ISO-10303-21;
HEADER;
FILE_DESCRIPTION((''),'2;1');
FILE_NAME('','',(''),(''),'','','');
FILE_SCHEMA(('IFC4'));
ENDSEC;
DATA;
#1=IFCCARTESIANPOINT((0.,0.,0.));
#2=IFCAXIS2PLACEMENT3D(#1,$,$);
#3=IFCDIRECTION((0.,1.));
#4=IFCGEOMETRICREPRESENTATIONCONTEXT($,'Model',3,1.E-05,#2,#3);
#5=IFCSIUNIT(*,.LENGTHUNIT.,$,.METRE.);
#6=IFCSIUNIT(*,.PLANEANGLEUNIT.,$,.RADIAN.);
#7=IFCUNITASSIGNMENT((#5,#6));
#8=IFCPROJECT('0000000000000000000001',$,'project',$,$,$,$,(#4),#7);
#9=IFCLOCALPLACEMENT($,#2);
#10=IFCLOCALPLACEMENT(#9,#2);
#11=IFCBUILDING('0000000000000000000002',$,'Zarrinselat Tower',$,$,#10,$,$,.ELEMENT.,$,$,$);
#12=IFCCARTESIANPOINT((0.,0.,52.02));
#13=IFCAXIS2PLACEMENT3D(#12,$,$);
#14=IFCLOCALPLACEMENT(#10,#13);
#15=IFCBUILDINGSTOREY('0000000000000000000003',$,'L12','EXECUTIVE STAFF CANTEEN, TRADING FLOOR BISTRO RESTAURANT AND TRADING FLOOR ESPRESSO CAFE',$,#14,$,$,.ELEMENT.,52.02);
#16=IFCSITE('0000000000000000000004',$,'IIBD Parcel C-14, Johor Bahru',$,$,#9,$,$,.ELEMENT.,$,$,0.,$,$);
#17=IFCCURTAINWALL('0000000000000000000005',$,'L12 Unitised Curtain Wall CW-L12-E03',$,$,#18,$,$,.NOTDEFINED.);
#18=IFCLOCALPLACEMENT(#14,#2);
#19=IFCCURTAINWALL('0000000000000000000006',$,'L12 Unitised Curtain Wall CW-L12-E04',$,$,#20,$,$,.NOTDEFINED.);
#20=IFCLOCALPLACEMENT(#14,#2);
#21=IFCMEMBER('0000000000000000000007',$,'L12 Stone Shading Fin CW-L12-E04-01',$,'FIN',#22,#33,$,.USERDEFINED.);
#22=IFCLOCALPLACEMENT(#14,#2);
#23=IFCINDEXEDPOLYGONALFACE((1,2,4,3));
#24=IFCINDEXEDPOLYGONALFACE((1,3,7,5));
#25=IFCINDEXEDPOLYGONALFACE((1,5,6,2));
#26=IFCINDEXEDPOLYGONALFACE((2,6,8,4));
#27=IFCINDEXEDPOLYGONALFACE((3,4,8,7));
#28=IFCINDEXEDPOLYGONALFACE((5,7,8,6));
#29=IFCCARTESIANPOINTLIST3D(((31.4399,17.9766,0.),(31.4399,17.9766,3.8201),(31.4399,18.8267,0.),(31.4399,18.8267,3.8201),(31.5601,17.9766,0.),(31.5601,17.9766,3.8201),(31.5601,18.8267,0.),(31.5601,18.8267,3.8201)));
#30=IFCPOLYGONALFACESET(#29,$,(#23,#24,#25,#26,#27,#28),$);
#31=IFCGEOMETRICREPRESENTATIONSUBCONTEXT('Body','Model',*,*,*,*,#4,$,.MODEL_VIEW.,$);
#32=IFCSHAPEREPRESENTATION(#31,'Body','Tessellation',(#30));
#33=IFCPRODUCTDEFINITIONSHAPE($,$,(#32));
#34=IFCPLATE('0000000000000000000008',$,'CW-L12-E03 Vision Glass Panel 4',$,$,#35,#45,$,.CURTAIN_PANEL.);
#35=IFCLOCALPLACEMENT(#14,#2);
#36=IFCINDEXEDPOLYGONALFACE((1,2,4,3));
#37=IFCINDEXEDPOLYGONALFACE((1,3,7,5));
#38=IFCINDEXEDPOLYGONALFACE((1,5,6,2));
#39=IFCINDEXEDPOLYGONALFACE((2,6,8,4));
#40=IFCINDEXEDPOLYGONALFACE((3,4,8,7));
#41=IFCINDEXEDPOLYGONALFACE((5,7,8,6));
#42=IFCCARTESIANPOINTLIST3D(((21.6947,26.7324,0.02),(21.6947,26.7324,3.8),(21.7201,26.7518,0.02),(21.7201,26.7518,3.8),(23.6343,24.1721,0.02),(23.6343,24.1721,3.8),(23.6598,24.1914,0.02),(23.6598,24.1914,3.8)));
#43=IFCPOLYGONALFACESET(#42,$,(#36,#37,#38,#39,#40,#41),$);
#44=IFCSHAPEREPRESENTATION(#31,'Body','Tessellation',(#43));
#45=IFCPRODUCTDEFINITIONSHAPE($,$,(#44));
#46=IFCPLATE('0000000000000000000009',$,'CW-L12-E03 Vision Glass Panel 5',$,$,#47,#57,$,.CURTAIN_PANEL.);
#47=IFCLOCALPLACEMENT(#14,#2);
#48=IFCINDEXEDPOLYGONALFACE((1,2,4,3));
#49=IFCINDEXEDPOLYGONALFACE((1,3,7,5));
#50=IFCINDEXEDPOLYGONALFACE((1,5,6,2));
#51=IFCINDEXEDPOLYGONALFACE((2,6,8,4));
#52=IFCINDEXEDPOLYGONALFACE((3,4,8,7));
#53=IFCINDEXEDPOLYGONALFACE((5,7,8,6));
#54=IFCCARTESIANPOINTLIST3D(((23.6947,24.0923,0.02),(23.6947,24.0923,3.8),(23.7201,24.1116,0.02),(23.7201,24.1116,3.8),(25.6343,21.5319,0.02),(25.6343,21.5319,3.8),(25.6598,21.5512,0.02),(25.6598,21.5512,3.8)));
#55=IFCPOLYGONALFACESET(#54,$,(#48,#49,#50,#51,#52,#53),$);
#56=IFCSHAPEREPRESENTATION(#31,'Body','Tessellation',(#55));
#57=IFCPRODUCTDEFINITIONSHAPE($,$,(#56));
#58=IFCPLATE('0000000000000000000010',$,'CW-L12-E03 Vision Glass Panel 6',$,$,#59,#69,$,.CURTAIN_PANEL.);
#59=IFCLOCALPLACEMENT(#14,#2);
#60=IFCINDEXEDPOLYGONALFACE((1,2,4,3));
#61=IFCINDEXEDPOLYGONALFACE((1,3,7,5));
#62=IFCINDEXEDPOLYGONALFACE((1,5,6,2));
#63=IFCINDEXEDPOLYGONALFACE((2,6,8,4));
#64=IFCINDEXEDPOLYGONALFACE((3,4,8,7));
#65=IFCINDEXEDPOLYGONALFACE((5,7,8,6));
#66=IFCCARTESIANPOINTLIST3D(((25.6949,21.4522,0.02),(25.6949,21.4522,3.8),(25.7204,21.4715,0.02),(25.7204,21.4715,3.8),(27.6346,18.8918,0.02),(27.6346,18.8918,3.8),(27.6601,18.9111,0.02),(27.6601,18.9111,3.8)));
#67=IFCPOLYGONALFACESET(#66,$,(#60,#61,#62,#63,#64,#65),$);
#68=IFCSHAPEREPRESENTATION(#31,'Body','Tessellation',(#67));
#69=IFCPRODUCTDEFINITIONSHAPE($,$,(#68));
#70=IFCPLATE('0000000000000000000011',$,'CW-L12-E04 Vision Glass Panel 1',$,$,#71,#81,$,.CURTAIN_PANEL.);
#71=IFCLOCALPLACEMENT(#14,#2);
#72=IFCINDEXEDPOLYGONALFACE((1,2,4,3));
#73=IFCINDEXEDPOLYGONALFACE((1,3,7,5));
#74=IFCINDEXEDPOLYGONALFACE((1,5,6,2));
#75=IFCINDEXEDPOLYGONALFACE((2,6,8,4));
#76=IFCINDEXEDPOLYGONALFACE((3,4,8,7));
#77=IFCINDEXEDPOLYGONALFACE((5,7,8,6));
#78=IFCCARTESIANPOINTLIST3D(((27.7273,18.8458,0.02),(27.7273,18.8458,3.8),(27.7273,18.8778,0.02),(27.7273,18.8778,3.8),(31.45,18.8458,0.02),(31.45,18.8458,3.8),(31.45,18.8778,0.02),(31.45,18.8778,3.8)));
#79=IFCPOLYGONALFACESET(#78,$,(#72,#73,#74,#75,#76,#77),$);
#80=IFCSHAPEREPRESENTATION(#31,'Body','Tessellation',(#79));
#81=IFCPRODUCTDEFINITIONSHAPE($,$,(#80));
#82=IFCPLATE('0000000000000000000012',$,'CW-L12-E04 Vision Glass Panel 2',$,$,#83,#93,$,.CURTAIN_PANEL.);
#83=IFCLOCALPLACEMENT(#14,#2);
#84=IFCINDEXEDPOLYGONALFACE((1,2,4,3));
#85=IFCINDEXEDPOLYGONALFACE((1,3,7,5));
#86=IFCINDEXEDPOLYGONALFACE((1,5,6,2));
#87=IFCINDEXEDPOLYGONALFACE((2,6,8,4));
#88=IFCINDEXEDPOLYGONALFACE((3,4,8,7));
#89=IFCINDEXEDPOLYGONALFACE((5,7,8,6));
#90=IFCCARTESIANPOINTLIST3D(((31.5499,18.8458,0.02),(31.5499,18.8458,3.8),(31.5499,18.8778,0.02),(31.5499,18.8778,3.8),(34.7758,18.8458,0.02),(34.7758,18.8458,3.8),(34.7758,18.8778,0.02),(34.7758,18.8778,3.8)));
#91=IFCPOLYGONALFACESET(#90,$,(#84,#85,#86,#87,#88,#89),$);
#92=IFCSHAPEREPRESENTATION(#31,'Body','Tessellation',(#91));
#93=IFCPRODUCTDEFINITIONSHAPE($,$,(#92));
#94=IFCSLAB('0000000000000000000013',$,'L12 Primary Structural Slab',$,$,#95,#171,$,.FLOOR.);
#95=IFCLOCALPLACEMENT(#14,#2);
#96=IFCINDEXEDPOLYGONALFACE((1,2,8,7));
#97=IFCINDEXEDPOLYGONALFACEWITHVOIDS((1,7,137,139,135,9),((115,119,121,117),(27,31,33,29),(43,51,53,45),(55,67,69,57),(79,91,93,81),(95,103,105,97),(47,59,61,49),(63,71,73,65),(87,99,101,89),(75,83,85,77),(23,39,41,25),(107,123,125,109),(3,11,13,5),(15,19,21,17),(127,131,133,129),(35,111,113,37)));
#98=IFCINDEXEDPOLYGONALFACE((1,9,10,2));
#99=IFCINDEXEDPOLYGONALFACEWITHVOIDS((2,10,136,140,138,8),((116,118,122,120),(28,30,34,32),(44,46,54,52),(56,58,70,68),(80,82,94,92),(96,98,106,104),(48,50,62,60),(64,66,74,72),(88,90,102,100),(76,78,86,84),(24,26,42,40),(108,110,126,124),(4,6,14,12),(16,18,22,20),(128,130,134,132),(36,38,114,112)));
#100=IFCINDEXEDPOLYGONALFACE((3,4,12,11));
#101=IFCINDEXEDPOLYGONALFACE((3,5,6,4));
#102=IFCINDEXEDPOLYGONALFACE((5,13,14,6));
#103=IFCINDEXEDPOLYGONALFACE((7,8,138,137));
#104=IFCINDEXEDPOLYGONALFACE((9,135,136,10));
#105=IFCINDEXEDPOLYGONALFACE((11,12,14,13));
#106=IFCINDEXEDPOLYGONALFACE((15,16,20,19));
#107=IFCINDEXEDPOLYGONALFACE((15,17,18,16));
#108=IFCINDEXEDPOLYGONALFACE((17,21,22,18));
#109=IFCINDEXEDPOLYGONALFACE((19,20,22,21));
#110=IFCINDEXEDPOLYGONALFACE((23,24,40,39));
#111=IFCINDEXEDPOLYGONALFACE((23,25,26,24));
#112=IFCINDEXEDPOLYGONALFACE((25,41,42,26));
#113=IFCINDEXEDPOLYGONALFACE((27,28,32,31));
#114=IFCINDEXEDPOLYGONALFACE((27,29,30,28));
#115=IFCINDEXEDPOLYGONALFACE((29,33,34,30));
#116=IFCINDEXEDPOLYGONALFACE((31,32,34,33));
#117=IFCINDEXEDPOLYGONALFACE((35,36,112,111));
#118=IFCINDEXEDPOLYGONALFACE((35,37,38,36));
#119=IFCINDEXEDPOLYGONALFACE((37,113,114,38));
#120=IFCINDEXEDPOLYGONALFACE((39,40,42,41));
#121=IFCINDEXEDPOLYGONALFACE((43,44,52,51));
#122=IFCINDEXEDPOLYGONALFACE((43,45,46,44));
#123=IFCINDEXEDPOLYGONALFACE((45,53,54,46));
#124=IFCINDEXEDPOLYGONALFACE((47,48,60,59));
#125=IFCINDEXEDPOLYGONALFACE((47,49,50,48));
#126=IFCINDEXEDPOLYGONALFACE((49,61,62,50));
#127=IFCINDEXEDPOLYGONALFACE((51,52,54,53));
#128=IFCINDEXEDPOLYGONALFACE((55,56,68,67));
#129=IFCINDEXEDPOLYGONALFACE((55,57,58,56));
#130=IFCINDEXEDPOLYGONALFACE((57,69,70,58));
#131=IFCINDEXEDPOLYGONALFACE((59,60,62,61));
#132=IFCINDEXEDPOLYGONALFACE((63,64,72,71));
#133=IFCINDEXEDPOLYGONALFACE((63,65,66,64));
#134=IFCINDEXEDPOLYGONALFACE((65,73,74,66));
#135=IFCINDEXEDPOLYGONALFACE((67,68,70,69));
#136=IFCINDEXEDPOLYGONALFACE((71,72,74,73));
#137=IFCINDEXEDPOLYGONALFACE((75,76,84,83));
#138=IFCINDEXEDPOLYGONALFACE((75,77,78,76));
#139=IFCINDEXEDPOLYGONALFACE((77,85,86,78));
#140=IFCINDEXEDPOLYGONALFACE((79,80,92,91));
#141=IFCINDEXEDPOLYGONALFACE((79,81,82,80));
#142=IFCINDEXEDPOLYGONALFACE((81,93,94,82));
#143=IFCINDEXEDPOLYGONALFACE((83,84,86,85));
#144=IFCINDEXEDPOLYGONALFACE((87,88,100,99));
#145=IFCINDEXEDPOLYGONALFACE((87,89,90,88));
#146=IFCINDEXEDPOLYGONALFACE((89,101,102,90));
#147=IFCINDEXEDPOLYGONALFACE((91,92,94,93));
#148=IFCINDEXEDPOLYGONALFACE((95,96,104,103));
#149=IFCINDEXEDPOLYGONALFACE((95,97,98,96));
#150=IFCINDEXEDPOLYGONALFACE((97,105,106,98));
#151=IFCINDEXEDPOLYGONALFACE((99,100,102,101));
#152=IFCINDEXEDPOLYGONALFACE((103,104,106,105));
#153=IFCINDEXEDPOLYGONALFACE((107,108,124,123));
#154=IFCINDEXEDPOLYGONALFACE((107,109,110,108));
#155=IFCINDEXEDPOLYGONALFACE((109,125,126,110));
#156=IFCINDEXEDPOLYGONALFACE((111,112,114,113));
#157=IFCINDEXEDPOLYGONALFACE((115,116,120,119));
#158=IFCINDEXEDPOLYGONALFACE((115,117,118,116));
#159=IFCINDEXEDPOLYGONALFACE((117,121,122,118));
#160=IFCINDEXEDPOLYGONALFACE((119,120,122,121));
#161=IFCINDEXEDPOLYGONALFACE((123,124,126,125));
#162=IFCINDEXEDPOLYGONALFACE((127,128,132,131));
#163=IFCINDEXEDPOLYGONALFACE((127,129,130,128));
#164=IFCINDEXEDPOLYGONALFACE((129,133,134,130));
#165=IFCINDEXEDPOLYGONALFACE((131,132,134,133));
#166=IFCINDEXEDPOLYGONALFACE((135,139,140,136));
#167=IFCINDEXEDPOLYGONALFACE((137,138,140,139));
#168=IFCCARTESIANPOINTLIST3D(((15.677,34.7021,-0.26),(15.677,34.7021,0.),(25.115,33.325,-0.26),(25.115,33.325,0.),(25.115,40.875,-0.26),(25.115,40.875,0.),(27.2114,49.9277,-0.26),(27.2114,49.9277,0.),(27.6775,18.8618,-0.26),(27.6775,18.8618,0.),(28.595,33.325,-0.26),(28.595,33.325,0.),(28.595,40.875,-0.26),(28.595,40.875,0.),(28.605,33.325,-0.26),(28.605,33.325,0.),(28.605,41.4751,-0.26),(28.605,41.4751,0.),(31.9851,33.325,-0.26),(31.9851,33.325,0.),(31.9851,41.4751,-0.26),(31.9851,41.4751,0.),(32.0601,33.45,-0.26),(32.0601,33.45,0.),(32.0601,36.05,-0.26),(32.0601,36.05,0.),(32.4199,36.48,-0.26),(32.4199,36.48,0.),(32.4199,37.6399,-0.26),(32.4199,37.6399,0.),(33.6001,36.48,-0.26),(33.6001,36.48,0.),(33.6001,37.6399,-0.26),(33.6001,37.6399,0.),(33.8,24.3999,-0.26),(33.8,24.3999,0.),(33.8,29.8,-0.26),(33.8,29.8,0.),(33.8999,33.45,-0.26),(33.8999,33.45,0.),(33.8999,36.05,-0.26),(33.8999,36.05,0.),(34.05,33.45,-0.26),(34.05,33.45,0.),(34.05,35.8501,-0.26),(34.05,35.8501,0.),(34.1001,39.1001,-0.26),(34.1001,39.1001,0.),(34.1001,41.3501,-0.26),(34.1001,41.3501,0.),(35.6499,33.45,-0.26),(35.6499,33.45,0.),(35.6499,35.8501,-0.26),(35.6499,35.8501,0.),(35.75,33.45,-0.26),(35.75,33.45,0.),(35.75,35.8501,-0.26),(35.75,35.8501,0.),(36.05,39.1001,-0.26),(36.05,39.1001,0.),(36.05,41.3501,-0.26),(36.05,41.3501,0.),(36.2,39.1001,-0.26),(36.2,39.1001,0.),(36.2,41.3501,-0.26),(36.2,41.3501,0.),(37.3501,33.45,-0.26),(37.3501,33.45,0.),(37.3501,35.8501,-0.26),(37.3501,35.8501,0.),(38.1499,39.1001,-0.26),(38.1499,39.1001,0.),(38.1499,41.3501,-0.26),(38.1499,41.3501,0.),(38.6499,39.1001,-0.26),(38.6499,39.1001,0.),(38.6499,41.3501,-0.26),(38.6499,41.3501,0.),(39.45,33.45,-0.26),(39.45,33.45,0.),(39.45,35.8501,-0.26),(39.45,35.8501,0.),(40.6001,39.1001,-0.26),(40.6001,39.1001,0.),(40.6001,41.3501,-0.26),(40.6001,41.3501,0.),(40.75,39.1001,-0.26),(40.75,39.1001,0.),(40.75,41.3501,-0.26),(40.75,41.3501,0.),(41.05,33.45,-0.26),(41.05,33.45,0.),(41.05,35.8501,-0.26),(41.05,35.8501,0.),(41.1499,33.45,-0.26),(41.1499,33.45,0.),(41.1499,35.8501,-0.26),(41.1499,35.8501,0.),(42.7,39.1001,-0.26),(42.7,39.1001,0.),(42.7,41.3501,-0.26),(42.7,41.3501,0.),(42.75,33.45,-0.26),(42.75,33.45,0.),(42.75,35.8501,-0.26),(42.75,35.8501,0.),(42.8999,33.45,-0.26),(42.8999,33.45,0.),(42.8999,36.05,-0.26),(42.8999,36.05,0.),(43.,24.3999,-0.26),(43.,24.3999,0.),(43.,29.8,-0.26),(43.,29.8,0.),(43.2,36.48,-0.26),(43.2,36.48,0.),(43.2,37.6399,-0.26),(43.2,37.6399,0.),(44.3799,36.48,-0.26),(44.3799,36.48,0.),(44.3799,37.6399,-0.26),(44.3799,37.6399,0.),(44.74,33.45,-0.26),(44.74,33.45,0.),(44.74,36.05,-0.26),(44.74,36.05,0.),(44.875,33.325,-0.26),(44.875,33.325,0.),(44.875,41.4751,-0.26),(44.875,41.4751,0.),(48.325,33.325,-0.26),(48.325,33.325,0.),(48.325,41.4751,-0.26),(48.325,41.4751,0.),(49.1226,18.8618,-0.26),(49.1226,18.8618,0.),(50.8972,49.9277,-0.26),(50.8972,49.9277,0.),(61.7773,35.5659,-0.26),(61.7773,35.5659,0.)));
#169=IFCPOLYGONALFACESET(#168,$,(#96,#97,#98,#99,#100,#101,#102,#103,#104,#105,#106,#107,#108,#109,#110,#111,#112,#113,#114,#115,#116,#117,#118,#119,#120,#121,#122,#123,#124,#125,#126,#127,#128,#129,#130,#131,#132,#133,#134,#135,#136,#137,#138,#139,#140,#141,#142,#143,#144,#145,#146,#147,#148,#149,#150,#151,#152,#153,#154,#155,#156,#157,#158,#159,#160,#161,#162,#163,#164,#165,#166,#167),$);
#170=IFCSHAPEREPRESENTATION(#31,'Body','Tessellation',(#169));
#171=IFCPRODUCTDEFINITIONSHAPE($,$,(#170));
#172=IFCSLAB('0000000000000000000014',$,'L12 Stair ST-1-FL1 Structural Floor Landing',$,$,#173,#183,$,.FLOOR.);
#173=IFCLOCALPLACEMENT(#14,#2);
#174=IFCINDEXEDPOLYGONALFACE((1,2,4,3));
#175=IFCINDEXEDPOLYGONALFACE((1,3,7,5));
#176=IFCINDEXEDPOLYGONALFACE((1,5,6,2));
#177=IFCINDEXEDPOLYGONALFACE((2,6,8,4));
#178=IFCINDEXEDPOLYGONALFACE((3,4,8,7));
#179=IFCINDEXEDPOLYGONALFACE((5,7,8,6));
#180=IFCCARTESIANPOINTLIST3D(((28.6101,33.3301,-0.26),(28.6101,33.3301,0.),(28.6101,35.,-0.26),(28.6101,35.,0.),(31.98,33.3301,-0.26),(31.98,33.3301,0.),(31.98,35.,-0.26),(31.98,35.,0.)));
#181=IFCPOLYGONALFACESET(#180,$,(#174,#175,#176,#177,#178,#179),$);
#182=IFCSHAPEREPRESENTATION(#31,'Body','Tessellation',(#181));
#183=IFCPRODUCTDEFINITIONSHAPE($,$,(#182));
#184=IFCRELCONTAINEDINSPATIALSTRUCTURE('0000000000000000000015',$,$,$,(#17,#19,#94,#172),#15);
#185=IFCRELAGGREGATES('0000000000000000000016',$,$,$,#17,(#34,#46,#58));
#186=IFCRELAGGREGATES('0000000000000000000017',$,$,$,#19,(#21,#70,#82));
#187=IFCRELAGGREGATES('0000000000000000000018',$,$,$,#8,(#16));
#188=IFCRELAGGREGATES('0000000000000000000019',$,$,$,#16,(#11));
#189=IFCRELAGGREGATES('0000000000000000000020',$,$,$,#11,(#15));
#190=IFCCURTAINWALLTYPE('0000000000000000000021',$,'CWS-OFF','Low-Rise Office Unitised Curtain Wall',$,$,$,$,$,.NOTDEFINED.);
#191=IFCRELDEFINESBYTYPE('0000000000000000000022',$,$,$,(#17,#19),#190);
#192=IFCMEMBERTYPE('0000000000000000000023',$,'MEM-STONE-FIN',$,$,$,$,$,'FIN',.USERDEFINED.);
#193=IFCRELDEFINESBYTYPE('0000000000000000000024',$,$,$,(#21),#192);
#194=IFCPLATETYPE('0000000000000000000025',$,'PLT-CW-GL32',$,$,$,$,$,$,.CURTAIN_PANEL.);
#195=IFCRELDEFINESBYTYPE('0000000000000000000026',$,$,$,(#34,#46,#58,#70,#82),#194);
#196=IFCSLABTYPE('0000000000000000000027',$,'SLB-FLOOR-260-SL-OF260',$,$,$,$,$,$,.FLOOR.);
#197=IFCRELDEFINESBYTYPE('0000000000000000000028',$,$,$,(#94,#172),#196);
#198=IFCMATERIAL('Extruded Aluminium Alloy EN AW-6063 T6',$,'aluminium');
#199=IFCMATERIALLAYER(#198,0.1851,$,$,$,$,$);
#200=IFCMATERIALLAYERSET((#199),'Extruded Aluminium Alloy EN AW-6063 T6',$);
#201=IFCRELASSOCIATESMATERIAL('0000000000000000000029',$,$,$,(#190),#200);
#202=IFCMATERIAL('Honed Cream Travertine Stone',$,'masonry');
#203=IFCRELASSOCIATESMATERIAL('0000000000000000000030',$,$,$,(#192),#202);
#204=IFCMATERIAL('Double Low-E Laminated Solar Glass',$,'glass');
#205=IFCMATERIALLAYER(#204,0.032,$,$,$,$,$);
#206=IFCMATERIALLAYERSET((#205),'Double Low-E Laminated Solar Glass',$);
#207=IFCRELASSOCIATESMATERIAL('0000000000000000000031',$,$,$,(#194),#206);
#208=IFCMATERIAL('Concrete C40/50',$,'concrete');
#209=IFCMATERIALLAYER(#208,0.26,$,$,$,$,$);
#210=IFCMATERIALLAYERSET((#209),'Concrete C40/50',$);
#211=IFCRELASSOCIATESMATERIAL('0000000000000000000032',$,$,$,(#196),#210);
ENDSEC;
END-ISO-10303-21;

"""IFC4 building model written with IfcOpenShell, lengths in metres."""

from ifc_helpers import new_model, si_unit, direction, frame, origin, origin_2d, place, context, subcontext, project, spatial, polyline, rectangle, outline, extrude, material, layer, layer_set, material_profile, profile_set, type_object, element, aggregate, save


model = new_model("IFC4")

# Units and contexts
model_context = context("Model", 3, precision=1e-05, world=origin(), true_north=direction((0.0, 1.0)))
body_context = subcontext(model_context, "Body", "Model", "MODEL_VIEW")
ifc_project = project(units=[si_unit("LENGTHUNIT", "METRE"), si_unit("PLANEANGLEUNIT", "RADIAN")], contexts=[model_context])

# Site, building, storey
site_placement = place(None, origin())
site = spatial("IfcSite", under=ifc_project, at=site_placement, Name="IIBD Parcel C-14, Johor Bahru", CompositionType="ELEMENT", RefElevation=0.0)
building_placement = place(site_placement, origin())
building = spatial("IfcBuilding", under=site, at=building_placement, Name="Zarrinselat Tower", CompositionType="ELEMENT")
storey_placement = place(building_placement, frame((0.0, 0.0, 52.02)))
storey = spatial("IfcBuildingStorey", under=building, at=storey_placement, Name="L12", Description="EXECUTIVE STAFF CANTEEN, TRADING FLOOR BISTRO RESTAURANT AND TRADING FLOOR ESPRESSO CAFE", CompositionType="ELEMENT", Elevation=52.02)

# Curtain walls
ifc_material_1 = material(Name="Extruded Aluminium Alloy EN AW-6063 T6", Category="aluminium")
ifc_layer_1 = layer(ifc_material_1, 0.1851)
ifc_layer_set_1 = layer_set([ifc_layer_1], Name="Extruded Aluminium Alloy EN AW-6063 T6")
curtain_wall_type = type_object("IfcCurtainWallType", Name="CWS-OFF", Description="Low-Rise Office Unitised Curtain Wall", PredefinedType="NOTDEFINED", material=ifc_layer_set_1)
curtain_wall_1_placement = place(storey_placement, origin())
curtain_wall_1 = element("IfcCurtainWall", 1, at=curtain_wall_1_placement, inside=storey, type_object=curtain_wall_type, Name="L12 Unitised Curtain Wall CW-L12-E03", PredefinedType="NOTDEFINED")
curtain_wall_2_placement = place(storey_placement, origin())
curtain_wall_2 = element("IfcCurtainWall", 2, at=curtain_wall_2_placement, inside=storey, type_object=curtain_wall_type, Name="L12 Unitised Curtain Wall CW-L12-E04", PredefinedType="NOTDEFINED")

# Member
ifc_material_2 = material(Name="Honed Cream Travertine Stone", Category="masonry")
ifc_material_profile_1 = material_profile(ifc_material_2, rectangle(XDim=0.1201, YDim=0.8501, at=origin_2d()), Name="FIN 850x120")
ifc_profile_set_1 = profile_set([ifc_material_profile_1], Name="Honed Cream Travertine Stone")
member_type_1 = type_object("IfcMemberType", Name="MEM-STONE-FIN", ElementType="FIN", PredefinedType="USERDEFINED", material=ifc_profile_set_1)
member_1_placement = place(storey_placement, frame((31.5, 18.4016, 0.0), z_axis=(0.0, 0.0, 1.0), x_axis=(-1.0, 0.0, 0.0)))
member_1 = element("IfcMember", 3, at=member_1_placement, type_object=member_type_1, Name="L12 Stone Shading Fin CW-L12-E04-01", ObjectType="FIN", PredefinedType="USERDEFINED", context=body_context, shape_type="SweptSolid", body=[
    extrude(rectangle(XDim=0.1201, YDim=0.8501, at=origin_2d()), origin(), (0.0, 0.0, 1.0), 3.8201),
])

# Plates
ifc_material_3 = material(Name="Double Low-E Laminated Solar Glass", Category="glass")
ifc_layer_2 = layer(ifc_material_3, 0.032)
ifc_layer_set_2 = layer_set([ifc_layer_2], Name="Double Low-E Laminated Solar Glass")
plate_type = type_object("IfcPlateType", Name="PLT-CW-GL32", PredefinedType="CURTAIN_PANEL", material=ifc_layer_set_2)
plate_1_placement = place(storey_placement, frame((22.6772, 25.4619, 0.02), z_axis=(0.0, 0.0, 1.0), x_axis=(0.603862, -0.797089, 0.0)))
plate_1 = element("IfcPlate", 4, at=plate_1_placement, type_object=plate_type, Name="CW-L12-E03 Vision Glass Panel 4", PredefinedType="CURTAIN_PANEL", context=body_context, shape_type="SweptSolid", body=[
    extrude(rectangle(XDim=3.2122, YDim=0.032, at=origin_2d()), origin(), (0.0, 0.0, 1.0), 3.78),
])
plate_2_placement = place(storey_placement, frame((24.6772, 22.8218, 0.02), z_axis=(0.0, 0.0, 1.0), x_axis=(0.603862, -0.797089, 0.0)))
plate_2 = element("IfcPlate", 5, at=plate_2_placement, type_object=plate_type, Name="CW-L12-E03 Vision Glass Panel 5", PredefinedType="CURTAIN_PANEL", context=body_context, shape_type="SweptSolid", body=[
    extrude(rectangle(XDim=3.2122, YDim=0.032, at=origin_2d()), origin(), (0.0, 0.0, 1.0), 3.78),
])
plate_3_placement = place(storey_placement, frame((26.6775, 20.1816, 0.02), z_axis=(0.0, 0.0, 1.0), x_axis=(0.603862, -0.797089, 0.0)))
plate_3 = element("IfcPlate", 6, at=plate_3_placement, type_object=plate_type, Name="CW-L12-E03 Vision Glass Panel 6", PredefinedType="CURTAIN_PANEL", context=body_context, shape_type="SweptSolid", body=[
    extrude(rectangle(XDim=3.2122, YDim=0.032, at=origin_2d()), origin(), (0.0, 0.0, 1.0), 3.78),
])
aggregate(curtain_wall_1, [plate_1, plate_2, plate_3])
plate_4_placement = place(storey_placement, frame((29.5886, 18.8618, 0.02), z_axis=(0.0, 0.0, 1.0), x_axis=(1.0, 0.0, 0.0)))
plate_4 = element("IfcPlate", 7, at=plate_4_placement, type_object=plate_type, Name="CW-L12-E04 Vision Glass Panel 1", PredefinedType="CURTAIN_PANEL", context=body_context, shape_type="SweptSolid", body=[
    extrude(rectangle(XDim=3.7227, YDim=0.032, at=origin_2d()), origin(), (0.0, 0.0, 1.0), 3.78),
])
plate_5_placement = place(storey_placement, frame((33.1628, 18.8618, 0.02), z_axis=(0.0, 0.0, 1.0), x_axis=(1.0, 0.0, 0.0)))
plate_5 = element("IfcPlate", 8, at=plate_5_placement, type_object=plate_type, Name="CW-L12-E04 Vision Glass Panel 2", PredefinedType="CURTAIN_PANEL", context=body_context, shape_type="SweptSolid", body=[
    extrude(rectangle(XDim=3.2258, YDim=0.032, at=origin_2d()), origin(), (0.0, 0.0, 1.0), 3.78),
])
aggregate(curtain_wall_2, [member_1, plate_4, plate_5])

# Slabs
ifc_material_4 = material(Name="Concrete C40/50", Category="concrete")
ifc_layer_3 = layer(ifc_material_4, 0.26)
ifc_layer_set_3 = layer_set([ifc_layer_3], Name="Concrete C40/50")
slab_type_1 = type_object("IfcSlabType", Name="SLB-FLOOR-260-SL-OF260", PredefinedType="FLOOR", material=ifc_layer_set_3)
slab_1_placement = place(storey_placement, frame((0.0, 0.0, -0.26)))
element("IfcSlab", 9, at=slab_1_placement, inside=storey, type_object=slab_type_1, Name="L12 Primary Structural Slab", PredefinedType="FLOOR", context=body_context, shape_type="SweptSolid", body=[
    extrude(outline(polyline([(50.8972, 49.9277), (27.2114, 49.9277), (15.677, 34.7021), (27.6775, 18.8618), (49.1226, 18.8618), (61.7773, 35.5659), (50.8972, 49.9277)]), holes=[polyline([(34.05, 33.45), (34.05, 35.8501), (35.6499, 35.8501), (35.6499, 33.45), (34.05, 33.45)]), polyline([(35.75, 33.45), (35.75, 35.8501), (37.3501, 35.8501), (37.3501, 33.45), (35.75, 33.45)]), polyline([(32.0601, 33.45), (32.0601, 36.05), (33.8999, 36.05), (33.8999, 33.45), (32.0601, 33.45)]), polyline([(32.4199, 36.48), (32.4199, 37.6399), (33.6001, 37.6399), (33.6001, 36.48), (32.4199, 36.48)]), polyline([(28.595, 33.325), (25.115, 33.325), (25.115, 40.875), (28.595, 40.875), (28.595, 33.325)]), polyline([(31.9851, 33.325), (28.605, 33.325), (28.605, 41.4751), (31.9851, 41.4751), (31.9851, 33.325)]), polyline([(34.1001, 39.1001), (34.1001, 41.3501), (36.05, 41.3501), (36.05, 39.1001), (34.1001, 39.1001)]), polyline([(36.2, 39.1001), (36.2, 41.3501), (38.1499, 41.3501), (38.1499, 39.1001), (36.2, 39.1001)]), polyline([(33.8, 24.3999), (33.8, 29.8), (43.0, 29.8), (43.0, 24.3999), (33.8, 24.3999)]), polyline([(39.45, 33.45), (39.45, 35.8501), (41.05, 35.8501), (41.05, 33.45), (39.45, 33.45)]), polyline([(41.1499, 33.45), (41.1499, 35.8501), (42.75, 35.8501), (42.75, 33.45), (41.1499, 33.45)]), polyline([(42.8999, 33.45), (42.8999, 36.05), (44.74, 36.05), (44.74, 33.45), (42.8999, 33.45)]), polyline([(43.2, 36.48), (43.2, 37.6399), (44.3799, 37.6399), (44.3799, 36.48), (43.2, 36.48)]), polyline([(48.325, 33.325), (44.875, 33.325), (44.875, 41.4751), (48.325, 41.4751), (48.325, 33.325)]), polyline([(38.6499, 39.1001), (38.6499, 41.3501), (40.6001, 41.3501), (40.6001, 39.1001), (38.6499, 39.1001)]), polyline([(40.75, 39.1001), (40.75, 41.3501), (42.7, 41.3501), (42.7, 39.1001), (40.75, 39.1001)])]), origin(), (0.0, 0.0, 1.0), 0.26),
])
slab_2_placement = place(storey_placement, frame((0.0, 0.0, -0.26)))
element("IfcSlab", 10, at=slab_2_placement, inside=storey, type_object=slab_type_1, Name="L12 Stair ST-1-FL1 Structural Floor Landing", PredefinedType="FLOOR", context=body_context, shape_type="SweptSolid", body=[
    extrude(outline(polyline([(31.98, 33.3301), (31.98, 35.0), (28.6101, 35.0), (28.6101, 33.3301), (31.98, 33.3301)])), origin(), (0.0, 0.0, 1.0), 0.26),
])

save(model, "model.ifc")
